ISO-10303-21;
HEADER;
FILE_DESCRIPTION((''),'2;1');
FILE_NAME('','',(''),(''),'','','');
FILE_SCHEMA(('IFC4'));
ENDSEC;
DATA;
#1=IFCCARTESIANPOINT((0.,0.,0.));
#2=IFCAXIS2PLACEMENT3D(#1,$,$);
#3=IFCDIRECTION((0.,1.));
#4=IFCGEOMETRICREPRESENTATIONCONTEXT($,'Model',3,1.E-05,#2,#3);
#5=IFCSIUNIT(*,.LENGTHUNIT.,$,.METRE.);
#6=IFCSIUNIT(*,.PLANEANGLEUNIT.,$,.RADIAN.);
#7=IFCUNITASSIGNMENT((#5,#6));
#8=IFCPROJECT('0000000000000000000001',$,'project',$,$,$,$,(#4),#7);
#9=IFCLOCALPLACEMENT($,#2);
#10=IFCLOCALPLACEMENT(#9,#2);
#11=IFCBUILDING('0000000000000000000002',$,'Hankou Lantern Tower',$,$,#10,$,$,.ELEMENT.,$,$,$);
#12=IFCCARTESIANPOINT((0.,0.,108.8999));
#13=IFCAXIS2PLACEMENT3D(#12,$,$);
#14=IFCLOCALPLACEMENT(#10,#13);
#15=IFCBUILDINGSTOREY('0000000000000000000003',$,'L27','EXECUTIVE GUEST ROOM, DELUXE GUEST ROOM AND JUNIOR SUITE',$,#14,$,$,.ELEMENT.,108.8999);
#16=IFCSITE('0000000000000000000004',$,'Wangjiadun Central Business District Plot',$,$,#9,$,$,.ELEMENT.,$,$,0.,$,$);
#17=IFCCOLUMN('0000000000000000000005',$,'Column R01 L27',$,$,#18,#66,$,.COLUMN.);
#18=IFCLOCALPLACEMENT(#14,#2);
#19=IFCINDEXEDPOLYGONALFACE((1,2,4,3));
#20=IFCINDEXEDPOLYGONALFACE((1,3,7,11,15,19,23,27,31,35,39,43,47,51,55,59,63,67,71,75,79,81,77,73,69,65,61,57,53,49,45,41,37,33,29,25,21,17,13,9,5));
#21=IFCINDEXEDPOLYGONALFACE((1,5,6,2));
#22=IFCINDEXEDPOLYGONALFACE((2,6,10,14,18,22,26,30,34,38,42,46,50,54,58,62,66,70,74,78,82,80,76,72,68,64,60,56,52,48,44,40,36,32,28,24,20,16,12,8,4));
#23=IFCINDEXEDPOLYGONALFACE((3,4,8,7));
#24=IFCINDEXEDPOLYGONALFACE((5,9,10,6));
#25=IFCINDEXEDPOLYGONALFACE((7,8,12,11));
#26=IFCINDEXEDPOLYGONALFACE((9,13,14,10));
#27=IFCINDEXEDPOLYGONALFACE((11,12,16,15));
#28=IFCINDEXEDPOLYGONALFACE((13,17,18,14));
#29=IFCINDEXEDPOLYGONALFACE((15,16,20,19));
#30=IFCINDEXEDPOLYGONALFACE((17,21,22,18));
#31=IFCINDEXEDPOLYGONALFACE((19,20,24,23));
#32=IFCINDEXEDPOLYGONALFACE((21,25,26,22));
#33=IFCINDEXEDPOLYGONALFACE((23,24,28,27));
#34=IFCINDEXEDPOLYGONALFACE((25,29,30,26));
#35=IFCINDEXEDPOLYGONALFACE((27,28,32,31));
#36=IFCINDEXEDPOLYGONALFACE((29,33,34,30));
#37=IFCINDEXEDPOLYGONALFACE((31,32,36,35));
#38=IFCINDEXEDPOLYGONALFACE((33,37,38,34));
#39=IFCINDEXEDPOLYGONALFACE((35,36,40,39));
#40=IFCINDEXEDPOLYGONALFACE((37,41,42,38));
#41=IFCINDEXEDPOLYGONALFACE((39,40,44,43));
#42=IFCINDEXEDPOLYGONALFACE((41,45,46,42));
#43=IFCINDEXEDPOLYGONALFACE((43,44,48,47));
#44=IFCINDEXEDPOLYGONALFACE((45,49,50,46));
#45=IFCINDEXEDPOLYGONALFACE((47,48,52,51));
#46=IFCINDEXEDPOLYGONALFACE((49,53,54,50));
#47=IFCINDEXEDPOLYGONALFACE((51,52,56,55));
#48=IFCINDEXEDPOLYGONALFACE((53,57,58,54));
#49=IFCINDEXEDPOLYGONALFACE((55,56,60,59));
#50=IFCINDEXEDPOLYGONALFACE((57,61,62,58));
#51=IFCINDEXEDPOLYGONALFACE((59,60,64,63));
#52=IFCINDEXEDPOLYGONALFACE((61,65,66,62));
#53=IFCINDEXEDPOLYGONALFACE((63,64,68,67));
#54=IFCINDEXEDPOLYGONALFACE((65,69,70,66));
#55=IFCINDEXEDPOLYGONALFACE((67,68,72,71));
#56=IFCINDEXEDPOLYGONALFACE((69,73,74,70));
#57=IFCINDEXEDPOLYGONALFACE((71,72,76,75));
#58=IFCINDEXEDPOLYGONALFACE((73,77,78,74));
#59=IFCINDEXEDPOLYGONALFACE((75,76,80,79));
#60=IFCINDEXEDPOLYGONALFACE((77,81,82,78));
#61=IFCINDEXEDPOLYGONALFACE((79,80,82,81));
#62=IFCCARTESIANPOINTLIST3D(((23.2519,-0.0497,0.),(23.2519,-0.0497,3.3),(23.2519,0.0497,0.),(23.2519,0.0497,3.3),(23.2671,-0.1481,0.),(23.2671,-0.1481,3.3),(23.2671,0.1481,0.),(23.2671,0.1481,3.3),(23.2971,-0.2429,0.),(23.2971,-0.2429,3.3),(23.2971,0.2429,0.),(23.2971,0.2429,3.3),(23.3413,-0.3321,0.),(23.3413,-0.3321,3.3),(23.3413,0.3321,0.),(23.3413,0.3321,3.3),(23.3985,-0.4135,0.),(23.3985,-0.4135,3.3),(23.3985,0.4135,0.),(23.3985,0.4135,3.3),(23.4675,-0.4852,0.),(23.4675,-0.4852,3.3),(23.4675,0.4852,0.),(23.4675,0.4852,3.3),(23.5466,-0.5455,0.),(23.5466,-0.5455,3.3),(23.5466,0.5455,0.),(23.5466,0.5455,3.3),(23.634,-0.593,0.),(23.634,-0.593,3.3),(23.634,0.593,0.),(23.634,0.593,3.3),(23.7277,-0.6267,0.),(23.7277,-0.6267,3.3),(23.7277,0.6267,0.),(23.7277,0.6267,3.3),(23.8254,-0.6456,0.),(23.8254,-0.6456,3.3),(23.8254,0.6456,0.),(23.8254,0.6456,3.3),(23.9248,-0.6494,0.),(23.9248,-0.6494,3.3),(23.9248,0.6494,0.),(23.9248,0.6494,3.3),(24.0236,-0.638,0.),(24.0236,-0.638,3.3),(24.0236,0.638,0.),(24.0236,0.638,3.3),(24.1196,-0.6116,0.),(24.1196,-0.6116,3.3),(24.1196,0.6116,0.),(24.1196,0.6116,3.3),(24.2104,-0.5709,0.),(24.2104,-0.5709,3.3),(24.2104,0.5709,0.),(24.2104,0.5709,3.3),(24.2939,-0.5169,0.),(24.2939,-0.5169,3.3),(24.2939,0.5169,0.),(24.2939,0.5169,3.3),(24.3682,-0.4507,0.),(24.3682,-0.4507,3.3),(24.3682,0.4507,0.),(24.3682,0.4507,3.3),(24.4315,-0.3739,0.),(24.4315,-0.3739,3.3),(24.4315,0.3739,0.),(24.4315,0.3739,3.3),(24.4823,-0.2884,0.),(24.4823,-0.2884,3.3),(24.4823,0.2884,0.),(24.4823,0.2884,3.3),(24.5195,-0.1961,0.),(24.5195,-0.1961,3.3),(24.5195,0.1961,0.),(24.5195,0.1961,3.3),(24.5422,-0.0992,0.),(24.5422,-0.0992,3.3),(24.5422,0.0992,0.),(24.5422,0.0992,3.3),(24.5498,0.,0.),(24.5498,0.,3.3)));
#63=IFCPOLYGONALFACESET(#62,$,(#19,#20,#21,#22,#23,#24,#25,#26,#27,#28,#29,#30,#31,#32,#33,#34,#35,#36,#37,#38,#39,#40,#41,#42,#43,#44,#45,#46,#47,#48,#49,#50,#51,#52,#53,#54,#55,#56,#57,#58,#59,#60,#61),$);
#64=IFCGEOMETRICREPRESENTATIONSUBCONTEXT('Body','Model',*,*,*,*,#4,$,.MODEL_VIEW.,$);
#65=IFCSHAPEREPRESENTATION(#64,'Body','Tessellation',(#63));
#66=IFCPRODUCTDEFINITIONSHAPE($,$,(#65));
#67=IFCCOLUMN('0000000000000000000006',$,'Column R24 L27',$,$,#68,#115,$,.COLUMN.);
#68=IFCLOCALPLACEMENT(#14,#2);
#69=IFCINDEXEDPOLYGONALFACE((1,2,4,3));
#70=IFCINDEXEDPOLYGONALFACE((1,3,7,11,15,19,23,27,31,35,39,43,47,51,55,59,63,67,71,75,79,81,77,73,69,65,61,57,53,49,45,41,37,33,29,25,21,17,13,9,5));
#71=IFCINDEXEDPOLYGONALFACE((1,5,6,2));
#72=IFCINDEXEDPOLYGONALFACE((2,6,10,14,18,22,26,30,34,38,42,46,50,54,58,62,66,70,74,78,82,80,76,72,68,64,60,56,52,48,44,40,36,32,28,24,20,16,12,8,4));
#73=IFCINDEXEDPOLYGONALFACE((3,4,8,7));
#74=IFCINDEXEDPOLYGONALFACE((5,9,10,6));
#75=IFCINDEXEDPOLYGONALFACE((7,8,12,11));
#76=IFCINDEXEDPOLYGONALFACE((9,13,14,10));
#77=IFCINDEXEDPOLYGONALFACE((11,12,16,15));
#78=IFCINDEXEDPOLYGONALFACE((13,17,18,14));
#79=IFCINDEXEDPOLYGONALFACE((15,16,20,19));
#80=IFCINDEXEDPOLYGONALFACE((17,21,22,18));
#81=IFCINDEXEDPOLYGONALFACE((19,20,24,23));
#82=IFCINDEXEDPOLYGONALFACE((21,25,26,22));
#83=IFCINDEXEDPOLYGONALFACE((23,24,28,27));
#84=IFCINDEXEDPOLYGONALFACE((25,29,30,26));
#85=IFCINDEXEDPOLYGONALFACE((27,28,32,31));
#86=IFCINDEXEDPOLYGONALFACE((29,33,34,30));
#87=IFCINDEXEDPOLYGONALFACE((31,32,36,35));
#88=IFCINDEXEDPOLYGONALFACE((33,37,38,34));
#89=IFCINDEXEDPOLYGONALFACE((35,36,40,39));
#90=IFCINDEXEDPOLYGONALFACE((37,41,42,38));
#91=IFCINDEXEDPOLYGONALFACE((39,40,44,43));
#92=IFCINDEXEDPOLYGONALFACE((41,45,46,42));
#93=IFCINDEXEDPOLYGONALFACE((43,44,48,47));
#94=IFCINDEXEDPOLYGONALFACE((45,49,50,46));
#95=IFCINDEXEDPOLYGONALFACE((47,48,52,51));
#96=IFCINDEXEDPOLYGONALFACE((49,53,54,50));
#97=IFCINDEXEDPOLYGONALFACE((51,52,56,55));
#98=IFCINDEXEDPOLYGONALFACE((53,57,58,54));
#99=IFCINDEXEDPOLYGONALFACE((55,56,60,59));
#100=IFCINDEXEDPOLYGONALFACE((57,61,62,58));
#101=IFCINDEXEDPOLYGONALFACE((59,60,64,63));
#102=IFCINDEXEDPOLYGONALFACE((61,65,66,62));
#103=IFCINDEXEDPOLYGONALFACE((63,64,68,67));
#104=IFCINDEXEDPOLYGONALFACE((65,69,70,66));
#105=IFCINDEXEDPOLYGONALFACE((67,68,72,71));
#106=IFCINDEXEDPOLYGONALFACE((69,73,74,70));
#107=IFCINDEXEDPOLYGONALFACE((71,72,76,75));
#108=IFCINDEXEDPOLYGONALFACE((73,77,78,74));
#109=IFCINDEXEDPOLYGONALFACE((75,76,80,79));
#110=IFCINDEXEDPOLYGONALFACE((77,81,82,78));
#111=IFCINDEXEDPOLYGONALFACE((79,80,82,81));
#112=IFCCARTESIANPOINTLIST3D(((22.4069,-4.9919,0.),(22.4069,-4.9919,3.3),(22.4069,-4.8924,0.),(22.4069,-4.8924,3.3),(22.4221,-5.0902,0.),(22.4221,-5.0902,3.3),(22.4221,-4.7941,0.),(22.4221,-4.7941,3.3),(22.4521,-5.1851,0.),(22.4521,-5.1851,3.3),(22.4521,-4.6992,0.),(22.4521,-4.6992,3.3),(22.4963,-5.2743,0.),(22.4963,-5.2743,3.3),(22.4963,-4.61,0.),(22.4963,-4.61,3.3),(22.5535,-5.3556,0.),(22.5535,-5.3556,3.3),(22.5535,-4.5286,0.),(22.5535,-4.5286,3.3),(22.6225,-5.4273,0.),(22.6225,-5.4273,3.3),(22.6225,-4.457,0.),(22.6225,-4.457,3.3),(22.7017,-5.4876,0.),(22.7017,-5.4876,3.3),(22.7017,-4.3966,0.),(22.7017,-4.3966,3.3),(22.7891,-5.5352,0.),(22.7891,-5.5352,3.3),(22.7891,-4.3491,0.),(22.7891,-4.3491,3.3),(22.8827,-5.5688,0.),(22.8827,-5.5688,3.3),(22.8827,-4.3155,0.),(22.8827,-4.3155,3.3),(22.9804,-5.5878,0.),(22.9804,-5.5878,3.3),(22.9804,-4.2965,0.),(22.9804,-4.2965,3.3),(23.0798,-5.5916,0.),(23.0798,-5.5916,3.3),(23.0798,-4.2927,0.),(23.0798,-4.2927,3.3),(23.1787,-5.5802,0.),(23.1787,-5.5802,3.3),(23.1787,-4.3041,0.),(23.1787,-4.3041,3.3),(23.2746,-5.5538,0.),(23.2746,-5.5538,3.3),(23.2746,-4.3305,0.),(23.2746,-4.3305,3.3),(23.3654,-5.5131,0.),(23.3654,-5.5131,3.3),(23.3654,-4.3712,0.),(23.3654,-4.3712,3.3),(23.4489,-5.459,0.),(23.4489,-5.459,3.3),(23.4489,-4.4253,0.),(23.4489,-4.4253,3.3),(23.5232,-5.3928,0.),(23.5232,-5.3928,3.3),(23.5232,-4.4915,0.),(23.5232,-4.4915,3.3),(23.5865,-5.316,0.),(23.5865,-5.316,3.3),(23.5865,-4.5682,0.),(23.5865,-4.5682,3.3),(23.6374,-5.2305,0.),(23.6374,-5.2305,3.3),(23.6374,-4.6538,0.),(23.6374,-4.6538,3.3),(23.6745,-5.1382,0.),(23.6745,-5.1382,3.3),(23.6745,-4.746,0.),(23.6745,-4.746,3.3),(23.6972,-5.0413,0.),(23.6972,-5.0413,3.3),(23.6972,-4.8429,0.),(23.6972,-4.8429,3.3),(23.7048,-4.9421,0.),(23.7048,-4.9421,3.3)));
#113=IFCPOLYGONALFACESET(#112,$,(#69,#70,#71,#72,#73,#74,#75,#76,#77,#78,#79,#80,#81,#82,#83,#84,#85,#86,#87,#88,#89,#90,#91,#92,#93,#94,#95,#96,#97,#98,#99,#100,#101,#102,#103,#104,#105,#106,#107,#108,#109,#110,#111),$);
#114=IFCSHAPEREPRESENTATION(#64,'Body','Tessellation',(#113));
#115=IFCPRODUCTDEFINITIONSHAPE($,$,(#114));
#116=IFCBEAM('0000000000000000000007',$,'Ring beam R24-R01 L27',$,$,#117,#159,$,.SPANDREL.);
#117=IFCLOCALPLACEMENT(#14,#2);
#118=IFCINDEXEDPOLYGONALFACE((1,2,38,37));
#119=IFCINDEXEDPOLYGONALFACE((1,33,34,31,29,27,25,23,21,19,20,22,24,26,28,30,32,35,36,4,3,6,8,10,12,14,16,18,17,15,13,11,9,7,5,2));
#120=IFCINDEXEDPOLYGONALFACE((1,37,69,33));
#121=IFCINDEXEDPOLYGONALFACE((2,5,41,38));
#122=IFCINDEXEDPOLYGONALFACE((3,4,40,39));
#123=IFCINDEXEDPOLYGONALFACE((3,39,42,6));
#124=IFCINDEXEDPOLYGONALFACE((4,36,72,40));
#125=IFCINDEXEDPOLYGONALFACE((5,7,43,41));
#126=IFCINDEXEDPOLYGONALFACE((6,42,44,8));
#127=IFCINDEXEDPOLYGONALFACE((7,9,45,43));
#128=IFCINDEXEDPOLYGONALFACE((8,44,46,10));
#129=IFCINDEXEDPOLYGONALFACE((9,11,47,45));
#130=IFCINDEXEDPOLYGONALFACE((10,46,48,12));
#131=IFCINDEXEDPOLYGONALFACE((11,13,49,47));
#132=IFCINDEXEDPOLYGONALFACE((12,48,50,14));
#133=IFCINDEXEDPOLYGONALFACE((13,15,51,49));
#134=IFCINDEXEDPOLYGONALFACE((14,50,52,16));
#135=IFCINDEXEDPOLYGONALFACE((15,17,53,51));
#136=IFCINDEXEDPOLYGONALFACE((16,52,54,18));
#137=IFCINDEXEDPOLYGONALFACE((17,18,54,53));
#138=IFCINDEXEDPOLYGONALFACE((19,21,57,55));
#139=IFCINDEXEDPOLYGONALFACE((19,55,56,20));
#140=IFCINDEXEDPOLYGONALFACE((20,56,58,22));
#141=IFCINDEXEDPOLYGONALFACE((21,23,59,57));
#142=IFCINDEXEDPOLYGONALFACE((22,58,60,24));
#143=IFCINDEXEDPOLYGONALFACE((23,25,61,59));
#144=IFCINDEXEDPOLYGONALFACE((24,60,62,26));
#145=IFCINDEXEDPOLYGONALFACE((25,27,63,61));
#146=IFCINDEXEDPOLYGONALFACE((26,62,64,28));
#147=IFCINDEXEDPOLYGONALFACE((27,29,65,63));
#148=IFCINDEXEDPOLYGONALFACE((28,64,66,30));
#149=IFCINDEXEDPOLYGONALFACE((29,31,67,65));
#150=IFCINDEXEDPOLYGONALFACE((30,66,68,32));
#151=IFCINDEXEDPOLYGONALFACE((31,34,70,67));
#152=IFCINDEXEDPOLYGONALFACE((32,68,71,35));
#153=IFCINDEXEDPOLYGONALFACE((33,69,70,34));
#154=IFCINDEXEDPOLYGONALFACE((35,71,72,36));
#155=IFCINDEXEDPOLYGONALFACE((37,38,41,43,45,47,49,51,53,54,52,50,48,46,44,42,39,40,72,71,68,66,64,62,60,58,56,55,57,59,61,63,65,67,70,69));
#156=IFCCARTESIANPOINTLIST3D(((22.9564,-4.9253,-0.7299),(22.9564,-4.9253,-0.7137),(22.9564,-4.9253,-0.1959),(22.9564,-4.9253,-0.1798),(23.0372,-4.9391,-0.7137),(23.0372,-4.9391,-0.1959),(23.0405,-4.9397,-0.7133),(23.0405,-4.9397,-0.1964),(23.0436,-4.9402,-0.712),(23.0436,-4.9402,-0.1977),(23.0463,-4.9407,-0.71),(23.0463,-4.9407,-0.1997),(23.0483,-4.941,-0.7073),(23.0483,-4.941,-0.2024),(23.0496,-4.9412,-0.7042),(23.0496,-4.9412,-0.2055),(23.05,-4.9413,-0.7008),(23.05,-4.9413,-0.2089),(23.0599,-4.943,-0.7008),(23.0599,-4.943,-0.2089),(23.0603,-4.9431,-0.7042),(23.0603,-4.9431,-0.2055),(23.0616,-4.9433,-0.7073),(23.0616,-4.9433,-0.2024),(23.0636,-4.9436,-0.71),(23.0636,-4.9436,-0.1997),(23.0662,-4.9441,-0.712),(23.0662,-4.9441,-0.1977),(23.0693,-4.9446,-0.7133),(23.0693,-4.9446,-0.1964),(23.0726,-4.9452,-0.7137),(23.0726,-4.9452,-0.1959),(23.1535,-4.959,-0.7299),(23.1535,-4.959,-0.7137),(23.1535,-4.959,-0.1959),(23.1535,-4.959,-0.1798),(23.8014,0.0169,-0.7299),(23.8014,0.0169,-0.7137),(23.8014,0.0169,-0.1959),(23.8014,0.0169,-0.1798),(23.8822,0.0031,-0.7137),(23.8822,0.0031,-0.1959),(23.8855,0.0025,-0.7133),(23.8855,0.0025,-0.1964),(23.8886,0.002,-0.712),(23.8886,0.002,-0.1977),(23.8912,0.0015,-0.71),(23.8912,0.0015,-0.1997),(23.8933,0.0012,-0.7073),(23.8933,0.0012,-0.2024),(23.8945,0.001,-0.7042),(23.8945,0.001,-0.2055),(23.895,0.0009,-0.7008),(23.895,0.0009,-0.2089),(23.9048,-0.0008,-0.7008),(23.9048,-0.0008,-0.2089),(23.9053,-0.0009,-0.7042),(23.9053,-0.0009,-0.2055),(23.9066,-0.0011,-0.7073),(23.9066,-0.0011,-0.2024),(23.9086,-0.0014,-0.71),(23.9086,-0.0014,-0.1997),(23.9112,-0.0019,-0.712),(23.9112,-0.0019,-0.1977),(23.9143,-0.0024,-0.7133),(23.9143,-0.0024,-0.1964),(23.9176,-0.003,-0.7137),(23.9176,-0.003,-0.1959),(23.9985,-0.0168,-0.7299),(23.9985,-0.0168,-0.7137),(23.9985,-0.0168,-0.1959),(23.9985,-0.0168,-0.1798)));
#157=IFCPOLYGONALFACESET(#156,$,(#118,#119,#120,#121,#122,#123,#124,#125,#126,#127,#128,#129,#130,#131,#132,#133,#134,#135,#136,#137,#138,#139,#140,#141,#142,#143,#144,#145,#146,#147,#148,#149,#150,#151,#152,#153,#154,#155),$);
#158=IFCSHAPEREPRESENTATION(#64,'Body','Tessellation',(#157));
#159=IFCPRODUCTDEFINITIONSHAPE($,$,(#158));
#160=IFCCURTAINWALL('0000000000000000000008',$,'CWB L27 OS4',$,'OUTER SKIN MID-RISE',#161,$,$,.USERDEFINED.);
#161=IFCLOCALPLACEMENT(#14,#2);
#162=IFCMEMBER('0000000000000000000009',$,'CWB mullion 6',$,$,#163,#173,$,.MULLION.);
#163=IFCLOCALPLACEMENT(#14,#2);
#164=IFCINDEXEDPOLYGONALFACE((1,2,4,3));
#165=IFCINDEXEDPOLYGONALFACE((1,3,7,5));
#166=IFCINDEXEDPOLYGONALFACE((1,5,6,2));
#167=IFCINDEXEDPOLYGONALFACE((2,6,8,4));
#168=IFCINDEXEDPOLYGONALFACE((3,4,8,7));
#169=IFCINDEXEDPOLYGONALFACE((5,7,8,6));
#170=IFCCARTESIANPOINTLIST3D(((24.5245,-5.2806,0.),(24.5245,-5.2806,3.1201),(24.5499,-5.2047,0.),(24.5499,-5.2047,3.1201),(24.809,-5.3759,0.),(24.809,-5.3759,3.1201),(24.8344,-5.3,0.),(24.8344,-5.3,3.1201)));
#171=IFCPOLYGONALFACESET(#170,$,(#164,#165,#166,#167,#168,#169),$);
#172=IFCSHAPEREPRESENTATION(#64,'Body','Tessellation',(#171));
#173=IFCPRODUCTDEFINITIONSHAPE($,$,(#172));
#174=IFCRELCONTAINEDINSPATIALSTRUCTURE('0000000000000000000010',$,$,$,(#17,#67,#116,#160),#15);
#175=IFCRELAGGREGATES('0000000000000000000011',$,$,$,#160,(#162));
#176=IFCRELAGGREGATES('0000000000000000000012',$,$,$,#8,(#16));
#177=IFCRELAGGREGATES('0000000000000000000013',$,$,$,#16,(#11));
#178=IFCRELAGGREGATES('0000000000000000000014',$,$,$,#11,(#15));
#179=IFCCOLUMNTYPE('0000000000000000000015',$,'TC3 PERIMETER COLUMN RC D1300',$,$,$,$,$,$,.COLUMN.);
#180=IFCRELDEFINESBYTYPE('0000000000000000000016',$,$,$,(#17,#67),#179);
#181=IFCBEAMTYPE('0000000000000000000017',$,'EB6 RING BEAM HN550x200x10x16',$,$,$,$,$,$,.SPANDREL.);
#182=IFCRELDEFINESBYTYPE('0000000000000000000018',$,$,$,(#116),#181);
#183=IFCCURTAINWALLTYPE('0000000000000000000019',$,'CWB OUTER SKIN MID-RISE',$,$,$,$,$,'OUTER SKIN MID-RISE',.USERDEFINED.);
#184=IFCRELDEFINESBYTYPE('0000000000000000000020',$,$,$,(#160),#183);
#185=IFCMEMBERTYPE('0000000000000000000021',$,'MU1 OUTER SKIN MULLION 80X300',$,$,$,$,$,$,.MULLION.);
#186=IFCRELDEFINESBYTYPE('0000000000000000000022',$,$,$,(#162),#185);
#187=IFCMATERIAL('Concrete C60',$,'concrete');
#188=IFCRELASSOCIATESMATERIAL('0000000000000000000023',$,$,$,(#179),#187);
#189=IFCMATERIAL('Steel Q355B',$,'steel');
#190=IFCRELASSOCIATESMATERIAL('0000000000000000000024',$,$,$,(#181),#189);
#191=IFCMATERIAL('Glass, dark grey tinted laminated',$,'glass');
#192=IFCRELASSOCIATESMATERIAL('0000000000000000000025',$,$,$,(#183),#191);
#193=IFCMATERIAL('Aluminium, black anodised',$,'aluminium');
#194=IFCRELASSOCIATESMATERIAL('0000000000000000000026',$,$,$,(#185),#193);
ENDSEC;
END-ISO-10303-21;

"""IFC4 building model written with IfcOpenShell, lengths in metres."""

from ifc_helpers import new_model, si_unit, direction, frame, origin, origin_2d, place, context, subcontext, project, spatial, rectangle, circle, i_section, extrude, material, material_profile, profile_set, type_object, element, aggregate, save


model = new_model("IFC4")

# Units and contexts
model_context = context("Model", 3, precision=1e-05, world=origin(), true_north=direction((0.0, 1.0)))
body_context = subcontext(model_context, "Body", "Model", "MODEL_VIEW")
ifc_project = project(units=[si_unit("LENGTHUNIT", "METRE"), si_unit("PLANEANGLEUNIT", "RADIAN")], contexts=[model_context])

# Site, building, storey
site_placement = place(None, origin())
site = spatial("IfcSite", under=ifc_project, at=site_placement, Name="Wangjiadun Central Business District Plot", CompositionType="ELEMENT", RefElevation=0.0)
building_placement = place(site_placement, origin())
building = spatial("IfcBuilding", under=site, at=building_placement, Name="Hankou Lantern Tower", CompositionType="ELEMENT")
storey_placement = place(building_placement, frame((0.0, 0.0, 108.8999)))
storey = spatial("IfcBuildingStorey", under=building, at=storey_placement, Name="L27", Description="EXECUTIVE GUEST ROOM, DELUXE GUEST ROOM AND JUNIOR SUITE", CompositionType="ELEMENT", Elevation=108.8999)

# Columns
ifc_material_1 = material(Name="Concrete C60", Category="concrete")
ifc_material_profile_1 = material_profile(ifc_material_1, circle(Radius=0.6499, at=origin_2d()), Name="RC D1300")
ifc_profile_set_1 = profile_set([ifc_material_profile_1], Name="Concrete C60")
column_type = type_object("IfcColumnType", Name="TC3 PERIMETER COLUMN RC D1300", PredefinedType="COLUMN", material=ifc_profile_set_1)
for number, where, z_axis, x_axis, name in (
    (1, (23.8999, 0.0, 0.0), (0.0, 0.0, 1.0), (1.0, 0.0, 0.0), "Column R01 L27"),
    (2, (23.0549, -4.9421, 0.0), (0.0, 0.0, 1.0), (1.0, 0.0, 0.0), "Column R24 L27"),
):
    element("IfcColumn", number, at=place(storey_placement, frame(where, z_axis=z_axis, x_axis=x_axis)), inside=storey, type_object=column_type, Name=name, PredefinedType="COLUMN", context=body_context, shape_type="SweptSolid", body=[
        extrude(circle(Radius=0.6499, at=origin_2d()), origin(), (0.0, 0.0, 1.0), 3.3),
    ])

# Beam
ifc_material_2 = material(Name="Steel Q355B", Category="steel")
ifc_material_profile_2 = material_profile(ifc_material_2, i_section(OverallWidth=0.2, OverallDepth=0.55, WebThickness=0.01, FlangeThickness=0.0161, FilletRadius=0.0129, at=origin_2d()), Name="HN550x200x10x16")
ifc_profile_set_2 = profile_set([ifc_material_profile_2], Name="Steel Q355B")
beam_type_1 = type_object("IfcBeamType", Name="EB6 RING BEAM HN550x200x10x16", PredefinedType="SPANDREL", material=ifc_profile_set_2)
beam_1_placement = place(storey_placement, frame((23.0549, -4.9421, -0.4548), z_axis=(0.168527, 0.985697, 0.0), x_axis=(-0.985697, 0.168527, 0.0)))
element("IfcBeam", 3, at=beam_1_placement, inside=storey, type_object=beam_type_1, Name="Ring beam R24-R01 L27", PredefinedType="SPANDREL", context=body_context, shape_type="SweptSolid", body=[
    extrude(i_section(OverallWidth=0.2, OverallDepth=0.55, WebThickness=0.01, FlangeThickness=0.0161, FilletRadius=0.0129, at=origin_2d()), origin(), (0.0, 0.0, 1.0), 5.0139),
])

# Curtain wall, member
ifc_material_3 = material(Name="Glass, dark grey tinted laminated", Category="glass")
curtain_wall_type = type_object("IfcCurtainWallType", Name="CWB OUTER SKIN MID-RISE", ElementType="OUTER SKIN MID-RISE", PredefinedType="USERDEFINED", material=ifc_material_3)
curtain_wall_placement = place(storey_placement, origin())
curtain_wall = element("IfcCurtainWall", 4, at=curtain_wall_placement, inside=storey, type_object=curtain_wall_type, Name="CWB L27 OS4", ObjectType="OUTER SKIN MID-RISE", PredefinedType="USERDEFINED")
ifc_material_4 = material(Name="Aluminium, black anodised", Category="aluminium")
ifc_material_profile_3 = material_profile(ifc_material_4, rectangle(XDim=0.0801, YDim=0.3, at=origin_2d()), Name="MU1 80X300")
ifc_profile_set_3 = profile_set([ifc_material_profile_3], Name="Aluminium, black anodised")
member_type_1 = type_object("IfcMemberType", Name="MU1 OUTER SKIN MULLION 80X300", PredefinedType="MULLION", material=ifc_profile_set_3)
member_1_placement = place(storey_placement, frame((24.6794, -5.2903, 0.0), z_axis=(0.0, 0.0, 1.0), x_axis=(0.317596, 0.948226, 0.0)))
member_1 = element("IfcMember", 5, at=member_1_placement, type_object=member_type_1, Name="CWB mullion 6", PredefinedType="MULLION", context=body_context, shape_type="SweptSolid", body=[
    extrude(rectangle(XDim=0.0801, YDim=0.3, at=origin_2d()), origin(), (0.0, 0.0, 1.0), 3.1201),
])

aggregate(curtain_wall, [member_1])

save(model, "model.ifc")
